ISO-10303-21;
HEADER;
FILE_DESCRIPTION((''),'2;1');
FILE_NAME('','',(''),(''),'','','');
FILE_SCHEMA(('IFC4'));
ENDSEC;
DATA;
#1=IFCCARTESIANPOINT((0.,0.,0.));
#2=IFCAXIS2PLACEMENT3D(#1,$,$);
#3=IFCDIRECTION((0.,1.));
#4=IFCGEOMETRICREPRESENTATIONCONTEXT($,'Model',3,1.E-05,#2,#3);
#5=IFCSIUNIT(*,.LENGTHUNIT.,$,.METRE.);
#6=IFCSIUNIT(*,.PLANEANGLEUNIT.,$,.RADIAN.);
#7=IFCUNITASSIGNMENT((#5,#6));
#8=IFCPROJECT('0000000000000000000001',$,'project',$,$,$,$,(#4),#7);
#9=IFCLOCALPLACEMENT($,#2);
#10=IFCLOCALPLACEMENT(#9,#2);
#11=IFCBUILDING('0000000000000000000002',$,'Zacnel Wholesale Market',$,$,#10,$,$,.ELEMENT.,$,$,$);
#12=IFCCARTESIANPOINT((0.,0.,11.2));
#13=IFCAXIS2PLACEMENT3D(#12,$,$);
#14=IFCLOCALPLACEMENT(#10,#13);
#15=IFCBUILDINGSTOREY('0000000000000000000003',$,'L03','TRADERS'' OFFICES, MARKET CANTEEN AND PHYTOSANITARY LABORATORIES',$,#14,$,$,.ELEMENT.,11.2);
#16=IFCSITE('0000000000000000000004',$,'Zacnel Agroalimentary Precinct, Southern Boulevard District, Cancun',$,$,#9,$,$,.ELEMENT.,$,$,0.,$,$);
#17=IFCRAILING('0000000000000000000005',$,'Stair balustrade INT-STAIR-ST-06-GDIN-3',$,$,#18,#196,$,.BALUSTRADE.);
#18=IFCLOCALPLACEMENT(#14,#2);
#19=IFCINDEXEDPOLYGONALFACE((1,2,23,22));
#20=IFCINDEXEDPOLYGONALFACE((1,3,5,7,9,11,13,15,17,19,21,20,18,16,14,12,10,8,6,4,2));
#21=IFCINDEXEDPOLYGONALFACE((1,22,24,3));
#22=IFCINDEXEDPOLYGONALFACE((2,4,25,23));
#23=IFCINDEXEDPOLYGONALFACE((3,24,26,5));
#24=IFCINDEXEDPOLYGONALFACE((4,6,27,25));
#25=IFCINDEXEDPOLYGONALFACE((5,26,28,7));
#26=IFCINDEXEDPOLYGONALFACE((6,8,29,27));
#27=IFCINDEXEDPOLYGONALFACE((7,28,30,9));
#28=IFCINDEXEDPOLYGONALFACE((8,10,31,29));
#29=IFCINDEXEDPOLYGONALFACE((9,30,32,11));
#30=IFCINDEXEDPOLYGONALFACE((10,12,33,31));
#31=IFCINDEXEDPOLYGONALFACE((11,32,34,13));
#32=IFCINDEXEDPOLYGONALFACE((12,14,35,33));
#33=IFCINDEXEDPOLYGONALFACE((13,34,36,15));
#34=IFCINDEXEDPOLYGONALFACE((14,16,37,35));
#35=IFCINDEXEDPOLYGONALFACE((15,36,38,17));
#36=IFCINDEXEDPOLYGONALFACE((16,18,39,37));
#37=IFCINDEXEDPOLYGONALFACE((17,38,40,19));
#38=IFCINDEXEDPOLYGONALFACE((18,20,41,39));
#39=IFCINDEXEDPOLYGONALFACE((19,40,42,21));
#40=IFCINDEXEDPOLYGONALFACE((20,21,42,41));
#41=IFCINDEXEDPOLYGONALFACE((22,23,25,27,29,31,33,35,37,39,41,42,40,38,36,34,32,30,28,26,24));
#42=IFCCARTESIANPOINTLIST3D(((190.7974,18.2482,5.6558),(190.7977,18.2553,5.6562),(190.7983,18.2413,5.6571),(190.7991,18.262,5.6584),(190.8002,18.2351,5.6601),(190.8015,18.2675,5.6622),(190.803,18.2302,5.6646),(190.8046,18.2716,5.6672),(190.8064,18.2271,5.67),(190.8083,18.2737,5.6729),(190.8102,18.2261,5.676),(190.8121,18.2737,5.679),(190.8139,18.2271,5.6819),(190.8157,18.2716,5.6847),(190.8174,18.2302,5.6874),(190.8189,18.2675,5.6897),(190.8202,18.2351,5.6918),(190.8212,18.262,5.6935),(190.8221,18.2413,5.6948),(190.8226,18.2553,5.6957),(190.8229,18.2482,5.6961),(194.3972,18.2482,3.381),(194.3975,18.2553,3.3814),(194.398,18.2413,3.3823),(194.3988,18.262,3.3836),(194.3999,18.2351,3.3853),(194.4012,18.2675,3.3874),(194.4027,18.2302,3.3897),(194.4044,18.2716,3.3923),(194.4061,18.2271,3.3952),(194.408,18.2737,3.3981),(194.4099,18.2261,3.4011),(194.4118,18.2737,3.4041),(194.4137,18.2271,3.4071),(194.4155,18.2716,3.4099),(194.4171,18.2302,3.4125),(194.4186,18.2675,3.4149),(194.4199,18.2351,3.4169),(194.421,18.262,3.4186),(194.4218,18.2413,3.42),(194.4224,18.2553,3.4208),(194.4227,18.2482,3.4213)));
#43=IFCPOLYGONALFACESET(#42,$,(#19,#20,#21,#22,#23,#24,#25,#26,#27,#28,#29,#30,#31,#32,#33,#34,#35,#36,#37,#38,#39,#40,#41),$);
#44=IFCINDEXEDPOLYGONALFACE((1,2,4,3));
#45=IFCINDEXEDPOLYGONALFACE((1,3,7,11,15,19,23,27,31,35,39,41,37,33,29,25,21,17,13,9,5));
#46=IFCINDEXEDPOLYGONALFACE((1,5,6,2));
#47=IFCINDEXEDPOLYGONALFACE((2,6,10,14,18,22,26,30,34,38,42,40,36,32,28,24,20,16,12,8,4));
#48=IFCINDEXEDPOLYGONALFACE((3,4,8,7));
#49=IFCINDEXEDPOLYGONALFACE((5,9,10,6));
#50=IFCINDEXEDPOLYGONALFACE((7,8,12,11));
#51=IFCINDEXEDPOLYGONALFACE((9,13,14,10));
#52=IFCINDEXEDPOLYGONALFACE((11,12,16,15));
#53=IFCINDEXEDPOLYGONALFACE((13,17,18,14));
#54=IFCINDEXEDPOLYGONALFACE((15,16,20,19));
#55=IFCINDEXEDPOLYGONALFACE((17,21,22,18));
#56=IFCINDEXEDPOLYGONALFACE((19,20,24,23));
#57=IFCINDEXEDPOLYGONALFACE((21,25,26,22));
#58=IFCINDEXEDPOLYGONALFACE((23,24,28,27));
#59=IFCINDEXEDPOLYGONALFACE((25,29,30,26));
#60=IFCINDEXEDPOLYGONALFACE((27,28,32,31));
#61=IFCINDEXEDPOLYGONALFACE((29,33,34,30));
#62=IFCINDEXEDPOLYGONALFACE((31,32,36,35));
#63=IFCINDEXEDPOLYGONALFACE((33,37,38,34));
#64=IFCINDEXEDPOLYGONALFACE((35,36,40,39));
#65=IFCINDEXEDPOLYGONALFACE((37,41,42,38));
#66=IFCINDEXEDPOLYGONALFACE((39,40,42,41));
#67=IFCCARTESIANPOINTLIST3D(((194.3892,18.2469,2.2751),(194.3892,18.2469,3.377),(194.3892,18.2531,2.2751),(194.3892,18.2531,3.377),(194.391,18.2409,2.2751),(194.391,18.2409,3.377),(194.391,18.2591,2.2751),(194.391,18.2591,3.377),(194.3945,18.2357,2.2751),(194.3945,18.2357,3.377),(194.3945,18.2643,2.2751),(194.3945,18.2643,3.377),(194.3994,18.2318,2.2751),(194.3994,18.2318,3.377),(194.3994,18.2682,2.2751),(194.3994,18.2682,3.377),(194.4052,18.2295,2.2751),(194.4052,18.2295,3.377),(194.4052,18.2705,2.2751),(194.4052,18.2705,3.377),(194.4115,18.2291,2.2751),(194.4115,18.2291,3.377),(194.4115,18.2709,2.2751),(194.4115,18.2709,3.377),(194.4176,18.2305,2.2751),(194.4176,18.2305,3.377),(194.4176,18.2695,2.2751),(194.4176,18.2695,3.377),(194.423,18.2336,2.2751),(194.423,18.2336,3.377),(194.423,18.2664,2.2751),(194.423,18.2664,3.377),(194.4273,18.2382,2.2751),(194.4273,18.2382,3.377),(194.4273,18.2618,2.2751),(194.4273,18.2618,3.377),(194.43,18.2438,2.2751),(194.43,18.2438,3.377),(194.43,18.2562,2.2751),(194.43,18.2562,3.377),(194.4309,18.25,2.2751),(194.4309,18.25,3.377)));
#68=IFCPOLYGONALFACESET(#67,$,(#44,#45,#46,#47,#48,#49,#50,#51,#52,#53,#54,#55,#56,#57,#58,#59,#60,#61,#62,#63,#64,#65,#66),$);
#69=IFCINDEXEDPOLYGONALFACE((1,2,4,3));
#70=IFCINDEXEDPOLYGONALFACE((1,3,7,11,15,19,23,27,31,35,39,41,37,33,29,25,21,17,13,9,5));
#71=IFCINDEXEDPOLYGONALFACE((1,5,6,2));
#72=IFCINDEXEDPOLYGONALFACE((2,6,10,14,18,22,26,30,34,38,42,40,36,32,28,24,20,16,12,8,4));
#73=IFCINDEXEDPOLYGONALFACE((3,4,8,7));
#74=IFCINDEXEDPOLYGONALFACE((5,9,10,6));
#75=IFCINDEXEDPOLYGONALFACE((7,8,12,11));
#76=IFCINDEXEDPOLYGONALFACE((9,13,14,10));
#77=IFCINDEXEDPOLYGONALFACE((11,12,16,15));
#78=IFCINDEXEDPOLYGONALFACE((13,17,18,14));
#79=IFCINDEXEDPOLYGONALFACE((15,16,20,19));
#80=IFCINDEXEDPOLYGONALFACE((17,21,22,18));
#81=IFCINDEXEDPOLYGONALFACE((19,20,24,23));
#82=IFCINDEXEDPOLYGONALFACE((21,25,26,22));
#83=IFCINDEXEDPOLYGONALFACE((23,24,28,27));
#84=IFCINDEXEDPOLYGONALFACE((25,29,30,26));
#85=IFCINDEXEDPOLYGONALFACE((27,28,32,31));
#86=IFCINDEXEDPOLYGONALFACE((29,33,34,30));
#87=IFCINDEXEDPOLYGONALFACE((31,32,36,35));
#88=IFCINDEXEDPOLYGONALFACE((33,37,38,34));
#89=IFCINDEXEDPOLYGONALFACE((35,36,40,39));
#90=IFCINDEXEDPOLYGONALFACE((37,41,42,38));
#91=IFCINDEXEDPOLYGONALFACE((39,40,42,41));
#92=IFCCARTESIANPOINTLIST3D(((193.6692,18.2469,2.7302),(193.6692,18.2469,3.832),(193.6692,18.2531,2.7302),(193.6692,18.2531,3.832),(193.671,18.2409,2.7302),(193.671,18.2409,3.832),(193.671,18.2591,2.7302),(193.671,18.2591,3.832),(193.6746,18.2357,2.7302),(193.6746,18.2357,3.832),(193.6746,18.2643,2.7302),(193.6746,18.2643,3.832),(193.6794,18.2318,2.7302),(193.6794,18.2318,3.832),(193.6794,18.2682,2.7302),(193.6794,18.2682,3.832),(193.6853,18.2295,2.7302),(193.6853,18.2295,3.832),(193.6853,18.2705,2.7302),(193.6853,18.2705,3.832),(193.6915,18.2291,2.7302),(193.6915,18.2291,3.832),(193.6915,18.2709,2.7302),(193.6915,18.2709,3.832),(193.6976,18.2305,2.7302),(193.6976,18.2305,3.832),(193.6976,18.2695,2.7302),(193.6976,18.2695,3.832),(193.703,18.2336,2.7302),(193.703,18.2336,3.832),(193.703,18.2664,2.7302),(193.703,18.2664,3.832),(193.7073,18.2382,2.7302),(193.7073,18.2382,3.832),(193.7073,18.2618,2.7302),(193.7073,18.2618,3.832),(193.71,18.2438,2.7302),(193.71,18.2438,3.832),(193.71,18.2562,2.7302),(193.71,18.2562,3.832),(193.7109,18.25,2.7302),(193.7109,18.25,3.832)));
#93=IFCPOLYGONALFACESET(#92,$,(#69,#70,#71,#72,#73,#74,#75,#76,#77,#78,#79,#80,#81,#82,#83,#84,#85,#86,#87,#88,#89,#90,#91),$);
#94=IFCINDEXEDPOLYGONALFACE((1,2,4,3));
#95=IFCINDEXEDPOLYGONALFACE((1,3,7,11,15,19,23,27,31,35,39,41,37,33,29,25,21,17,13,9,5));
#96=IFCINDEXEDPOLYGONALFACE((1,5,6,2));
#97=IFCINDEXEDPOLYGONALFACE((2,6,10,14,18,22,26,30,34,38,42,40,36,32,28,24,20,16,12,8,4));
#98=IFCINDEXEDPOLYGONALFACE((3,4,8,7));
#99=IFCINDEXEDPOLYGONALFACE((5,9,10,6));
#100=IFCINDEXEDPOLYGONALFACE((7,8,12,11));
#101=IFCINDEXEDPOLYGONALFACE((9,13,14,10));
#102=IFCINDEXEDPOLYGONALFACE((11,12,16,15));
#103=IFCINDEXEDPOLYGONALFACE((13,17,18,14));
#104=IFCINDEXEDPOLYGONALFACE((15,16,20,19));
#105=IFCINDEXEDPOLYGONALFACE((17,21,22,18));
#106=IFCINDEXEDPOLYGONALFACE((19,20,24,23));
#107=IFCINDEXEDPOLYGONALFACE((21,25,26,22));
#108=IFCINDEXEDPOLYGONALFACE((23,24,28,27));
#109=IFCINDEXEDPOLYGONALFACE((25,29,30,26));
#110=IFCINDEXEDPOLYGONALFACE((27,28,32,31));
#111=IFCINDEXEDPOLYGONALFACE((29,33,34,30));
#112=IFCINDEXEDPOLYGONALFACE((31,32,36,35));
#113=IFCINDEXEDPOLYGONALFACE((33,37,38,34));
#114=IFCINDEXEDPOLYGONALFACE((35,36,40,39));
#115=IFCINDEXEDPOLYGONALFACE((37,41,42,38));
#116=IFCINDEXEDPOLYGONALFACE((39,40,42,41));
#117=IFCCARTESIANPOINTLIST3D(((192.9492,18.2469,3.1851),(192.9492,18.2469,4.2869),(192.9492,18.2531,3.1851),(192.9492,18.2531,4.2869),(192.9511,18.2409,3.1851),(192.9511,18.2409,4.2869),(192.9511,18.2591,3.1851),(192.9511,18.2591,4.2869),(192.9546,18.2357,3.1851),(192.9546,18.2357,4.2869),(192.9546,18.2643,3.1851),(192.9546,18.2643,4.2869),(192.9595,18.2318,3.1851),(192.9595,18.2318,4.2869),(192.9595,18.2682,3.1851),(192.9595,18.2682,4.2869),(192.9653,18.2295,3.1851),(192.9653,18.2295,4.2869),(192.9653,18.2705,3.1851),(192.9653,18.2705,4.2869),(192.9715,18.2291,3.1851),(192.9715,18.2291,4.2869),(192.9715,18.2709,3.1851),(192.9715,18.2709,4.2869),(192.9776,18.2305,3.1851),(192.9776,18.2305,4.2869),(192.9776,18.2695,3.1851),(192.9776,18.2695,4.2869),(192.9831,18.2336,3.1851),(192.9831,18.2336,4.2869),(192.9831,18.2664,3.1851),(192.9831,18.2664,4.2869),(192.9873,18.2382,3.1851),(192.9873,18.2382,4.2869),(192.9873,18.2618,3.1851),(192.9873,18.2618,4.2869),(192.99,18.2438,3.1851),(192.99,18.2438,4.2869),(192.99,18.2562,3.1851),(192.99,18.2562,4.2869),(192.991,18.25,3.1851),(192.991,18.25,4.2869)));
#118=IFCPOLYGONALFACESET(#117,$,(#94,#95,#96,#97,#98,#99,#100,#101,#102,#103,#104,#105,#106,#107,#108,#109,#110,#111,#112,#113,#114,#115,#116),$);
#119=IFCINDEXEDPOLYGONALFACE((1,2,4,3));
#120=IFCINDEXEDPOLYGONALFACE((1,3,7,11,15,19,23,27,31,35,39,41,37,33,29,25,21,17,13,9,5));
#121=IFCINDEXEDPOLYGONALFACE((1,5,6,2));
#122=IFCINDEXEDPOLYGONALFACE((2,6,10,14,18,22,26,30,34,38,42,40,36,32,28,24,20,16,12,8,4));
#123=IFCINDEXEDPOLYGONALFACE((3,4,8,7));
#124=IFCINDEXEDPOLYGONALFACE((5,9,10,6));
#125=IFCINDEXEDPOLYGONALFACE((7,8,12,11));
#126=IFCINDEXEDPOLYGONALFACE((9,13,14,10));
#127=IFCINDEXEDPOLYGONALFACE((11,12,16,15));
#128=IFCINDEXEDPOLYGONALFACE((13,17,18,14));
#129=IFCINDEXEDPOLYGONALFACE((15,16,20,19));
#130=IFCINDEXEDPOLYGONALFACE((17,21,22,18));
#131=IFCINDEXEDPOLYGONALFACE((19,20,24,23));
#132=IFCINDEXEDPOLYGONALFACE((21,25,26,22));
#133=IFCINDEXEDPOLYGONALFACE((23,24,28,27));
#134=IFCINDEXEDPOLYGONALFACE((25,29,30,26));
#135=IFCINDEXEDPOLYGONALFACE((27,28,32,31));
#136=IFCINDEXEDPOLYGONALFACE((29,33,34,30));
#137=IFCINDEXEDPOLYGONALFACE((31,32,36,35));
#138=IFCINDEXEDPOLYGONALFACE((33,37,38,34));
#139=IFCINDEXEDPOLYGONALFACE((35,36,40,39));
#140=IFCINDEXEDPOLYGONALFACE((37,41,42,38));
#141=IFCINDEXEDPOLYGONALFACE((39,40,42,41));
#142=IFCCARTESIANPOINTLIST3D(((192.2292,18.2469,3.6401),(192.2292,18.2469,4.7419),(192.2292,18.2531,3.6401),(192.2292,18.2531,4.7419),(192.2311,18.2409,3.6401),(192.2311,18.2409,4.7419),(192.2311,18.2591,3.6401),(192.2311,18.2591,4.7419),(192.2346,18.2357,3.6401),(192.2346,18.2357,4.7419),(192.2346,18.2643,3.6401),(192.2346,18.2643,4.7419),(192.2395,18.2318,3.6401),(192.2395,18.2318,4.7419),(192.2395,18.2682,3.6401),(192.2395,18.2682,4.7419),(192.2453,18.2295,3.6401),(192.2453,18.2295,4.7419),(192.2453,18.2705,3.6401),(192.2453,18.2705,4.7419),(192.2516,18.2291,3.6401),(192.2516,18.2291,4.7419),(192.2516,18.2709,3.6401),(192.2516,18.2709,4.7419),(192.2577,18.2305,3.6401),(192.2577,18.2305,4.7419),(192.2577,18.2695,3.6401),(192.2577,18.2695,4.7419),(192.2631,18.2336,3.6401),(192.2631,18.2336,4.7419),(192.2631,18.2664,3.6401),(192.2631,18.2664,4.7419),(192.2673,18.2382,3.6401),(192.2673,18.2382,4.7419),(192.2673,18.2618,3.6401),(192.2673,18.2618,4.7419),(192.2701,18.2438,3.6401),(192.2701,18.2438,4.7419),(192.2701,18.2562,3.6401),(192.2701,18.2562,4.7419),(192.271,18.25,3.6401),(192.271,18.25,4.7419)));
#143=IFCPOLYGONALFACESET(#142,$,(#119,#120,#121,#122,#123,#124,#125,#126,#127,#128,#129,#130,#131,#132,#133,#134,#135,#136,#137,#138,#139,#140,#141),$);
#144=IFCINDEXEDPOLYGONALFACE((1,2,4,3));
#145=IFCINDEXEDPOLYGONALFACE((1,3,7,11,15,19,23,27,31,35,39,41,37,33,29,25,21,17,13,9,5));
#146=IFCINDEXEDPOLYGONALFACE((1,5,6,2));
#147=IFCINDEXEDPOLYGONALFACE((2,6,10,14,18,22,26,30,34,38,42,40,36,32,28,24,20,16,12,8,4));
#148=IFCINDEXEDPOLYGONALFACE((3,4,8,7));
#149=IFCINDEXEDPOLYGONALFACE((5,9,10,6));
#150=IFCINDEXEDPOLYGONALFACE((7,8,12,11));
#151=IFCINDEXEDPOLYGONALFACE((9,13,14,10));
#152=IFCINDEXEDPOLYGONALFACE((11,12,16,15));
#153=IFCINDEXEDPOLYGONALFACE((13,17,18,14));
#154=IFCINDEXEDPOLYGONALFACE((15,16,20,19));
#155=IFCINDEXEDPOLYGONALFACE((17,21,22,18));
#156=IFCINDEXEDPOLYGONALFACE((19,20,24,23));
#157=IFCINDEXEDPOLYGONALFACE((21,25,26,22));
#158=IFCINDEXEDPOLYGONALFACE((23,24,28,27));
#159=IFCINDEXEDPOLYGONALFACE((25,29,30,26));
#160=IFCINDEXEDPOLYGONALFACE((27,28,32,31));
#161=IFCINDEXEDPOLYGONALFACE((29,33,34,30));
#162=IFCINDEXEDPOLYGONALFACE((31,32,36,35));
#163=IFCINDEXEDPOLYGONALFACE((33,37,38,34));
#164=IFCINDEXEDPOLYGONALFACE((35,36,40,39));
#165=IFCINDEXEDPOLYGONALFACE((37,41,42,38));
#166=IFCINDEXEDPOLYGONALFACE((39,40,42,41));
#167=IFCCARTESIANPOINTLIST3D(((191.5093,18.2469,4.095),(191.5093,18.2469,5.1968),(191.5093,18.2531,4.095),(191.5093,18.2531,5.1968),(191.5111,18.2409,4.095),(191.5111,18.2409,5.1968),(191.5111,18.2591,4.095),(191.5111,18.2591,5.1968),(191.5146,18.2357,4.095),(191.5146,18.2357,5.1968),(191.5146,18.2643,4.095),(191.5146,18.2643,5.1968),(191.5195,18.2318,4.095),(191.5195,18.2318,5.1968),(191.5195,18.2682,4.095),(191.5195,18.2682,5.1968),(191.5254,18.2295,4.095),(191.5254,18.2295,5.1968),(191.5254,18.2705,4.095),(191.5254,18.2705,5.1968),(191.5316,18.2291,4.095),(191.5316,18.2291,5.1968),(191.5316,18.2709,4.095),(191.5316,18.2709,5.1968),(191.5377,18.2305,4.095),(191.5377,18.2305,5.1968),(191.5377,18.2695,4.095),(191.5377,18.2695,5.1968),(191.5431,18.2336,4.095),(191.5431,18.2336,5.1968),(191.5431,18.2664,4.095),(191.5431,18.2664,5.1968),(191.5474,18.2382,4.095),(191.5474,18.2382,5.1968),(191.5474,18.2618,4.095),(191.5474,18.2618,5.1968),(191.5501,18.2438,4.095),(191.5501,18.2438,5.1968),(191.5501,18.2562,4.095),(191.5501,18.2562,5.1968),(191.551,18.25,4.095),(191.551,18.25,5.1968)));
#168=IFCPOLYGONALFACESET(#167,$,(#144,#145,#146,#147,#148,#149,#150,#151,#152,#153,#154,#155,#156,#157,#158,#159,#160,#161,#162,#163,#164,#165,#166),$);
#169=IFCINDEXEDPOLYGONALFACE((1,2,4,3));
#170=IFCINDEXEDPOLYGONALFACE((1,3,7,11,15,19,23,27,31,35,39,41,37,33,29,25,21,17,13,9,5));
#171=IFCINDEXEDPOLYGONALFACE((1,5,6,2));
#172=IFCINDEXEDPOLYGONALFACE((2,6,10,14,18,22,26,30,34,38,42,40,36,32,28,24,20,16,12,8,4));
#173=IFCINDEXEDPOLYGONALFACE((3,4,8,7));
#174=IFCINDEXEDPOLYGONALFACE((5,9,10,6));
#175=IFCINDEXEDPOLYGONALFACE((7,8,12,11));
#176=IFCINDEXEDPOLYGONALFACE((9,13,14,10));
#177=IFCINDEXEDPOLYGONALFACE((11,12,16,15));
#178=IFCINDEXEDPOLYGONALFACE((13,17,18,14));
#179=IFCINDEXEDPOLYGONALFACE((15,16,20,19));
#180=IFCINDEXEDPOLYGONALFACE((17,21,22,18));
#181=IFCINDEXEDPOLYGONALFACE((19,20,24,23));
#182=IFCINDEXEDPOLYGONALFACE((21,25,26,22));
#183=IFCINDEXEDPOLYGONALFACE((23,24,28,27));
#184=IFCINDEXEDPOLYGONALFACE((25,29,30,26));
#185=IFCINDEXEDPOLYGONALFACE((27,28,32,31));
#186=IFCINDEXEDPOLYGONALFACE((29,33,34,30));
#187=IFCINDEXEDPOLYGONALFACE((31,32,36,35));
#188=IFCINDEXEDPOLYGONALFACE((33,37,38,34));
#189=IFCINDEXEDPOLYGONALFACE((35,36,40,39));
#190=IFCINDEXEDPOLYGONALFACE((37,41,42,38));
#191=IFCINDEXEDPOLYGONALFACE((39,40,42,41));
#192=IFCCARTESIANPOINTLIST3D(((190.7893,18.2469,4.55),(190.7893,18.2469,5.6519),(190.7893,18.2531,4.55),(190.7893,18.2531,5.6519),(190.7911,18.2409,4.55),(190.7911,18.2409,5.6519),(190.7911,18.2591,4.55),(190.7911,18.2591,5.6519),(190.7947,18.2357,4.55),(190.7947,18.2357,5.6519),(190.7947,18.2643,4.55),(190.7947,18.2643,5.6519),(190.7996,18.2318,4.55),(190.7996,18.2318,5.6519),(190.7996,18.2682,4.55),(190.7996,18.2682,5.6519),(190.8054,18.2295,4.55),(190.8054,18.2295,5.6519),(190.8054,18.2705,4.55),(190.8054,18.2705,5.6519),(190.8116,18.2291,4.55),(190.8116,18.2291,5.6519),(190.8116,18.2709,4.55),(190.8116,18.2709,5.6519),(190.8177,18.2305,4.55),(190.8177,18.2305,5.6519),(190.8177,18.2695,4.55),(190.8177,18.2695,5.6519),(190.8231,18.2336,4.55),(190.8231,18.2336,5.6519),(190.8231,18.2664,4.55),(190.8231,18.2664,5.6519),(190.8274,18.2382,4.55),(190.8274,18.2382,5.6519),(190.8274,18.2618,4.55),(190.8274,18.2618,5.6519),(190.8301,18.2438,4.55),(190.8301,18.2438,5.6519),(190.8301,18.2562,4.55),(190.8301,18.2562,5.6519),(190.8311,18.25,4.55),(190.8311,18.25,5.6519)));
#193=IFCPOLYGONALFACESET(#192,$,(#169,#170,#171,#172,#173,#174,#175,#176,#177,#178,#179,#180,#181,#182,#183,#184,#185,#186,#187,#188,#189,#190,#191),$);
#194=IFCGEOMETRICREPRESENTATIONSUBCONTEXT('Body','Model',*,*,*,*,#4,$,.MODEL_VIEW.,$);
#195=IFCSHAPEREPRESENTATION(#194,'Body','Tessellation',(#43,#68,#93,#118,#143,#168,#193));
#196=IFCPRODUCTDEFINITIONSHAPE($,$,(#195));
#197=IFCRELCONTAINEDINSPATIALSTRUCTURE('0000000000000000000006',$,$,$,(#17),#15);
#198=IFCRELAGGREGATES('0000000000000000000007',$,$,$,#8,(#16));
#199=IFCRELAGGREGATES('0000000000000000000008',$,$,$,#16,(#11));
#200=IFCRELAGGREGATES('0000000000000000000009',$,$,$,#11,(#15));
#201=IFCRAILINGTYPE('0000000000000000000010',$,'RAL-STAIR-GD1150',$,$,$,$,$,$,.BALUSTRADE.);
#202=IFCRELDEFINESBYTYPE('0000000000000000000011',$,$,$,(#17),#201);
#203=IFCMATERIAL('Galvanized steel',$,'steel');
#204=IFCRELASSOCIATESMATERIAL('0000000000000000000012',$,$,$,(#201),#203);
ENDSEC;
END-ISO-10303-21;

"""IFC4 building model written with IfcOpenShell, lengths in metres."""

from ifc_helpers import new_model, si_unit, direction, frame, origin, origin_2d, place, context, subcontext, project, spatial, circle, extrude, material, type_object, element, save


model = new_model("IFC4")

# Units and contexts
model_context = context("Model", 3, precision=1e-05, world=origin(), true_north=direction((0.0, 1.0)))
body_context = subcontext(model_context, "Body", "Model", "MODEL_VIEW")
ifc_project = project(units=[si_unit("LENGTHUNIT", "METRE"), si_unit("PLANEANGLEUNIT", "RADIAN")], contexts=[model_context])

# Site, building, storey
site_placement = place(None, origin())
site = spatial("IfcSite", under=ifc_project, at=site_placement, Name="Zacnel Agroalimentary Precinct, Southern Boulevard District, Cancun", CompositionType="ELEMENT", RefElevation=0.0)
building_placement = place(site_placement, origin())
building = spatial("IfcBuilding", under=site, at=building_placement, Name="Zacnel Wholesale Market", CompositionType="ELEMENT")
storey_placement = place(building_placement, frame((0.0, 0.0, 11.2)))
storey = spatial("IfcBuildingStorey", under=building, at=storey_placement, Name="L03", Description="TRADERS' OFFICES, MARKET CANTEEN AND PHYTOSANITARY LABORATORIES", CompositionType="ELEMENT", Elevation=11.2)

# Railing
ifc_material_1 = material(Name="Galvanized steel", Category="steel")
railing_type_1 = type_object("IfcRailingType", Name="RAL-STAIR-GD1150", PredefinedType="BALUSTRADE", material=ifc_material_1)
railing_1_placement = place(storey_placement, frame((194.4099, 18.25, 2.2751)))
element("IfcRailing", 1, at=railing_1_placement, inside=storey, type_object=railing_type_1, Name="Stair balustrade INT-STAIR-ST-06-GDIN-3", PredefinedType="BALUSTRADE", context=body_context, shape_type="SweptSolid", body=[
    extrude(circle(Radius=0.0239, at=origin_2d()), frame((0.0, 0.0, 1.126), z_axis=(-0.84535, 0.0, 0.534213), x_axis=(0.0, -1.0, 0.0)), (0.0, 0.0, 1.0), 4.2583),
    extrude(circle(Radius=0.021, at=origin_2d()), origin(), (0.0, 0.0, 1.0), 1.1018),
    extrude(circle(Radius=0.021, at=origin_2d()), frame((-0.72, 0.0, 0.4551)), (0.0, 0.0, 1.0), 1.1018),
    extrude(circle(Radius=0.021, at=origin_2d()), frame((-1.4399, 0.0, 0.9099)), (0.0, 0.0, 1.0), 1.1018),
    extrude(circle(Radius=0.021, at=origin_2d()), frame((-2.1599, 0.0, 1.365)), (0.0, 0.0, 1.0), 1.1018),
    extrude(circle(Radius=0.021, at=origin_2d()), frame((-2.8799, 0.0, 1.8198)), (0.0, 0.0, 1.0), 1.1018),
    extrude(circle(Radius=0.021, at=origin_2d()), frame((-3.5999, 0.0, 2.2749)), (0.0, 0.0, 1.0), 1.1018),
])

save(model, "model.ifc")
